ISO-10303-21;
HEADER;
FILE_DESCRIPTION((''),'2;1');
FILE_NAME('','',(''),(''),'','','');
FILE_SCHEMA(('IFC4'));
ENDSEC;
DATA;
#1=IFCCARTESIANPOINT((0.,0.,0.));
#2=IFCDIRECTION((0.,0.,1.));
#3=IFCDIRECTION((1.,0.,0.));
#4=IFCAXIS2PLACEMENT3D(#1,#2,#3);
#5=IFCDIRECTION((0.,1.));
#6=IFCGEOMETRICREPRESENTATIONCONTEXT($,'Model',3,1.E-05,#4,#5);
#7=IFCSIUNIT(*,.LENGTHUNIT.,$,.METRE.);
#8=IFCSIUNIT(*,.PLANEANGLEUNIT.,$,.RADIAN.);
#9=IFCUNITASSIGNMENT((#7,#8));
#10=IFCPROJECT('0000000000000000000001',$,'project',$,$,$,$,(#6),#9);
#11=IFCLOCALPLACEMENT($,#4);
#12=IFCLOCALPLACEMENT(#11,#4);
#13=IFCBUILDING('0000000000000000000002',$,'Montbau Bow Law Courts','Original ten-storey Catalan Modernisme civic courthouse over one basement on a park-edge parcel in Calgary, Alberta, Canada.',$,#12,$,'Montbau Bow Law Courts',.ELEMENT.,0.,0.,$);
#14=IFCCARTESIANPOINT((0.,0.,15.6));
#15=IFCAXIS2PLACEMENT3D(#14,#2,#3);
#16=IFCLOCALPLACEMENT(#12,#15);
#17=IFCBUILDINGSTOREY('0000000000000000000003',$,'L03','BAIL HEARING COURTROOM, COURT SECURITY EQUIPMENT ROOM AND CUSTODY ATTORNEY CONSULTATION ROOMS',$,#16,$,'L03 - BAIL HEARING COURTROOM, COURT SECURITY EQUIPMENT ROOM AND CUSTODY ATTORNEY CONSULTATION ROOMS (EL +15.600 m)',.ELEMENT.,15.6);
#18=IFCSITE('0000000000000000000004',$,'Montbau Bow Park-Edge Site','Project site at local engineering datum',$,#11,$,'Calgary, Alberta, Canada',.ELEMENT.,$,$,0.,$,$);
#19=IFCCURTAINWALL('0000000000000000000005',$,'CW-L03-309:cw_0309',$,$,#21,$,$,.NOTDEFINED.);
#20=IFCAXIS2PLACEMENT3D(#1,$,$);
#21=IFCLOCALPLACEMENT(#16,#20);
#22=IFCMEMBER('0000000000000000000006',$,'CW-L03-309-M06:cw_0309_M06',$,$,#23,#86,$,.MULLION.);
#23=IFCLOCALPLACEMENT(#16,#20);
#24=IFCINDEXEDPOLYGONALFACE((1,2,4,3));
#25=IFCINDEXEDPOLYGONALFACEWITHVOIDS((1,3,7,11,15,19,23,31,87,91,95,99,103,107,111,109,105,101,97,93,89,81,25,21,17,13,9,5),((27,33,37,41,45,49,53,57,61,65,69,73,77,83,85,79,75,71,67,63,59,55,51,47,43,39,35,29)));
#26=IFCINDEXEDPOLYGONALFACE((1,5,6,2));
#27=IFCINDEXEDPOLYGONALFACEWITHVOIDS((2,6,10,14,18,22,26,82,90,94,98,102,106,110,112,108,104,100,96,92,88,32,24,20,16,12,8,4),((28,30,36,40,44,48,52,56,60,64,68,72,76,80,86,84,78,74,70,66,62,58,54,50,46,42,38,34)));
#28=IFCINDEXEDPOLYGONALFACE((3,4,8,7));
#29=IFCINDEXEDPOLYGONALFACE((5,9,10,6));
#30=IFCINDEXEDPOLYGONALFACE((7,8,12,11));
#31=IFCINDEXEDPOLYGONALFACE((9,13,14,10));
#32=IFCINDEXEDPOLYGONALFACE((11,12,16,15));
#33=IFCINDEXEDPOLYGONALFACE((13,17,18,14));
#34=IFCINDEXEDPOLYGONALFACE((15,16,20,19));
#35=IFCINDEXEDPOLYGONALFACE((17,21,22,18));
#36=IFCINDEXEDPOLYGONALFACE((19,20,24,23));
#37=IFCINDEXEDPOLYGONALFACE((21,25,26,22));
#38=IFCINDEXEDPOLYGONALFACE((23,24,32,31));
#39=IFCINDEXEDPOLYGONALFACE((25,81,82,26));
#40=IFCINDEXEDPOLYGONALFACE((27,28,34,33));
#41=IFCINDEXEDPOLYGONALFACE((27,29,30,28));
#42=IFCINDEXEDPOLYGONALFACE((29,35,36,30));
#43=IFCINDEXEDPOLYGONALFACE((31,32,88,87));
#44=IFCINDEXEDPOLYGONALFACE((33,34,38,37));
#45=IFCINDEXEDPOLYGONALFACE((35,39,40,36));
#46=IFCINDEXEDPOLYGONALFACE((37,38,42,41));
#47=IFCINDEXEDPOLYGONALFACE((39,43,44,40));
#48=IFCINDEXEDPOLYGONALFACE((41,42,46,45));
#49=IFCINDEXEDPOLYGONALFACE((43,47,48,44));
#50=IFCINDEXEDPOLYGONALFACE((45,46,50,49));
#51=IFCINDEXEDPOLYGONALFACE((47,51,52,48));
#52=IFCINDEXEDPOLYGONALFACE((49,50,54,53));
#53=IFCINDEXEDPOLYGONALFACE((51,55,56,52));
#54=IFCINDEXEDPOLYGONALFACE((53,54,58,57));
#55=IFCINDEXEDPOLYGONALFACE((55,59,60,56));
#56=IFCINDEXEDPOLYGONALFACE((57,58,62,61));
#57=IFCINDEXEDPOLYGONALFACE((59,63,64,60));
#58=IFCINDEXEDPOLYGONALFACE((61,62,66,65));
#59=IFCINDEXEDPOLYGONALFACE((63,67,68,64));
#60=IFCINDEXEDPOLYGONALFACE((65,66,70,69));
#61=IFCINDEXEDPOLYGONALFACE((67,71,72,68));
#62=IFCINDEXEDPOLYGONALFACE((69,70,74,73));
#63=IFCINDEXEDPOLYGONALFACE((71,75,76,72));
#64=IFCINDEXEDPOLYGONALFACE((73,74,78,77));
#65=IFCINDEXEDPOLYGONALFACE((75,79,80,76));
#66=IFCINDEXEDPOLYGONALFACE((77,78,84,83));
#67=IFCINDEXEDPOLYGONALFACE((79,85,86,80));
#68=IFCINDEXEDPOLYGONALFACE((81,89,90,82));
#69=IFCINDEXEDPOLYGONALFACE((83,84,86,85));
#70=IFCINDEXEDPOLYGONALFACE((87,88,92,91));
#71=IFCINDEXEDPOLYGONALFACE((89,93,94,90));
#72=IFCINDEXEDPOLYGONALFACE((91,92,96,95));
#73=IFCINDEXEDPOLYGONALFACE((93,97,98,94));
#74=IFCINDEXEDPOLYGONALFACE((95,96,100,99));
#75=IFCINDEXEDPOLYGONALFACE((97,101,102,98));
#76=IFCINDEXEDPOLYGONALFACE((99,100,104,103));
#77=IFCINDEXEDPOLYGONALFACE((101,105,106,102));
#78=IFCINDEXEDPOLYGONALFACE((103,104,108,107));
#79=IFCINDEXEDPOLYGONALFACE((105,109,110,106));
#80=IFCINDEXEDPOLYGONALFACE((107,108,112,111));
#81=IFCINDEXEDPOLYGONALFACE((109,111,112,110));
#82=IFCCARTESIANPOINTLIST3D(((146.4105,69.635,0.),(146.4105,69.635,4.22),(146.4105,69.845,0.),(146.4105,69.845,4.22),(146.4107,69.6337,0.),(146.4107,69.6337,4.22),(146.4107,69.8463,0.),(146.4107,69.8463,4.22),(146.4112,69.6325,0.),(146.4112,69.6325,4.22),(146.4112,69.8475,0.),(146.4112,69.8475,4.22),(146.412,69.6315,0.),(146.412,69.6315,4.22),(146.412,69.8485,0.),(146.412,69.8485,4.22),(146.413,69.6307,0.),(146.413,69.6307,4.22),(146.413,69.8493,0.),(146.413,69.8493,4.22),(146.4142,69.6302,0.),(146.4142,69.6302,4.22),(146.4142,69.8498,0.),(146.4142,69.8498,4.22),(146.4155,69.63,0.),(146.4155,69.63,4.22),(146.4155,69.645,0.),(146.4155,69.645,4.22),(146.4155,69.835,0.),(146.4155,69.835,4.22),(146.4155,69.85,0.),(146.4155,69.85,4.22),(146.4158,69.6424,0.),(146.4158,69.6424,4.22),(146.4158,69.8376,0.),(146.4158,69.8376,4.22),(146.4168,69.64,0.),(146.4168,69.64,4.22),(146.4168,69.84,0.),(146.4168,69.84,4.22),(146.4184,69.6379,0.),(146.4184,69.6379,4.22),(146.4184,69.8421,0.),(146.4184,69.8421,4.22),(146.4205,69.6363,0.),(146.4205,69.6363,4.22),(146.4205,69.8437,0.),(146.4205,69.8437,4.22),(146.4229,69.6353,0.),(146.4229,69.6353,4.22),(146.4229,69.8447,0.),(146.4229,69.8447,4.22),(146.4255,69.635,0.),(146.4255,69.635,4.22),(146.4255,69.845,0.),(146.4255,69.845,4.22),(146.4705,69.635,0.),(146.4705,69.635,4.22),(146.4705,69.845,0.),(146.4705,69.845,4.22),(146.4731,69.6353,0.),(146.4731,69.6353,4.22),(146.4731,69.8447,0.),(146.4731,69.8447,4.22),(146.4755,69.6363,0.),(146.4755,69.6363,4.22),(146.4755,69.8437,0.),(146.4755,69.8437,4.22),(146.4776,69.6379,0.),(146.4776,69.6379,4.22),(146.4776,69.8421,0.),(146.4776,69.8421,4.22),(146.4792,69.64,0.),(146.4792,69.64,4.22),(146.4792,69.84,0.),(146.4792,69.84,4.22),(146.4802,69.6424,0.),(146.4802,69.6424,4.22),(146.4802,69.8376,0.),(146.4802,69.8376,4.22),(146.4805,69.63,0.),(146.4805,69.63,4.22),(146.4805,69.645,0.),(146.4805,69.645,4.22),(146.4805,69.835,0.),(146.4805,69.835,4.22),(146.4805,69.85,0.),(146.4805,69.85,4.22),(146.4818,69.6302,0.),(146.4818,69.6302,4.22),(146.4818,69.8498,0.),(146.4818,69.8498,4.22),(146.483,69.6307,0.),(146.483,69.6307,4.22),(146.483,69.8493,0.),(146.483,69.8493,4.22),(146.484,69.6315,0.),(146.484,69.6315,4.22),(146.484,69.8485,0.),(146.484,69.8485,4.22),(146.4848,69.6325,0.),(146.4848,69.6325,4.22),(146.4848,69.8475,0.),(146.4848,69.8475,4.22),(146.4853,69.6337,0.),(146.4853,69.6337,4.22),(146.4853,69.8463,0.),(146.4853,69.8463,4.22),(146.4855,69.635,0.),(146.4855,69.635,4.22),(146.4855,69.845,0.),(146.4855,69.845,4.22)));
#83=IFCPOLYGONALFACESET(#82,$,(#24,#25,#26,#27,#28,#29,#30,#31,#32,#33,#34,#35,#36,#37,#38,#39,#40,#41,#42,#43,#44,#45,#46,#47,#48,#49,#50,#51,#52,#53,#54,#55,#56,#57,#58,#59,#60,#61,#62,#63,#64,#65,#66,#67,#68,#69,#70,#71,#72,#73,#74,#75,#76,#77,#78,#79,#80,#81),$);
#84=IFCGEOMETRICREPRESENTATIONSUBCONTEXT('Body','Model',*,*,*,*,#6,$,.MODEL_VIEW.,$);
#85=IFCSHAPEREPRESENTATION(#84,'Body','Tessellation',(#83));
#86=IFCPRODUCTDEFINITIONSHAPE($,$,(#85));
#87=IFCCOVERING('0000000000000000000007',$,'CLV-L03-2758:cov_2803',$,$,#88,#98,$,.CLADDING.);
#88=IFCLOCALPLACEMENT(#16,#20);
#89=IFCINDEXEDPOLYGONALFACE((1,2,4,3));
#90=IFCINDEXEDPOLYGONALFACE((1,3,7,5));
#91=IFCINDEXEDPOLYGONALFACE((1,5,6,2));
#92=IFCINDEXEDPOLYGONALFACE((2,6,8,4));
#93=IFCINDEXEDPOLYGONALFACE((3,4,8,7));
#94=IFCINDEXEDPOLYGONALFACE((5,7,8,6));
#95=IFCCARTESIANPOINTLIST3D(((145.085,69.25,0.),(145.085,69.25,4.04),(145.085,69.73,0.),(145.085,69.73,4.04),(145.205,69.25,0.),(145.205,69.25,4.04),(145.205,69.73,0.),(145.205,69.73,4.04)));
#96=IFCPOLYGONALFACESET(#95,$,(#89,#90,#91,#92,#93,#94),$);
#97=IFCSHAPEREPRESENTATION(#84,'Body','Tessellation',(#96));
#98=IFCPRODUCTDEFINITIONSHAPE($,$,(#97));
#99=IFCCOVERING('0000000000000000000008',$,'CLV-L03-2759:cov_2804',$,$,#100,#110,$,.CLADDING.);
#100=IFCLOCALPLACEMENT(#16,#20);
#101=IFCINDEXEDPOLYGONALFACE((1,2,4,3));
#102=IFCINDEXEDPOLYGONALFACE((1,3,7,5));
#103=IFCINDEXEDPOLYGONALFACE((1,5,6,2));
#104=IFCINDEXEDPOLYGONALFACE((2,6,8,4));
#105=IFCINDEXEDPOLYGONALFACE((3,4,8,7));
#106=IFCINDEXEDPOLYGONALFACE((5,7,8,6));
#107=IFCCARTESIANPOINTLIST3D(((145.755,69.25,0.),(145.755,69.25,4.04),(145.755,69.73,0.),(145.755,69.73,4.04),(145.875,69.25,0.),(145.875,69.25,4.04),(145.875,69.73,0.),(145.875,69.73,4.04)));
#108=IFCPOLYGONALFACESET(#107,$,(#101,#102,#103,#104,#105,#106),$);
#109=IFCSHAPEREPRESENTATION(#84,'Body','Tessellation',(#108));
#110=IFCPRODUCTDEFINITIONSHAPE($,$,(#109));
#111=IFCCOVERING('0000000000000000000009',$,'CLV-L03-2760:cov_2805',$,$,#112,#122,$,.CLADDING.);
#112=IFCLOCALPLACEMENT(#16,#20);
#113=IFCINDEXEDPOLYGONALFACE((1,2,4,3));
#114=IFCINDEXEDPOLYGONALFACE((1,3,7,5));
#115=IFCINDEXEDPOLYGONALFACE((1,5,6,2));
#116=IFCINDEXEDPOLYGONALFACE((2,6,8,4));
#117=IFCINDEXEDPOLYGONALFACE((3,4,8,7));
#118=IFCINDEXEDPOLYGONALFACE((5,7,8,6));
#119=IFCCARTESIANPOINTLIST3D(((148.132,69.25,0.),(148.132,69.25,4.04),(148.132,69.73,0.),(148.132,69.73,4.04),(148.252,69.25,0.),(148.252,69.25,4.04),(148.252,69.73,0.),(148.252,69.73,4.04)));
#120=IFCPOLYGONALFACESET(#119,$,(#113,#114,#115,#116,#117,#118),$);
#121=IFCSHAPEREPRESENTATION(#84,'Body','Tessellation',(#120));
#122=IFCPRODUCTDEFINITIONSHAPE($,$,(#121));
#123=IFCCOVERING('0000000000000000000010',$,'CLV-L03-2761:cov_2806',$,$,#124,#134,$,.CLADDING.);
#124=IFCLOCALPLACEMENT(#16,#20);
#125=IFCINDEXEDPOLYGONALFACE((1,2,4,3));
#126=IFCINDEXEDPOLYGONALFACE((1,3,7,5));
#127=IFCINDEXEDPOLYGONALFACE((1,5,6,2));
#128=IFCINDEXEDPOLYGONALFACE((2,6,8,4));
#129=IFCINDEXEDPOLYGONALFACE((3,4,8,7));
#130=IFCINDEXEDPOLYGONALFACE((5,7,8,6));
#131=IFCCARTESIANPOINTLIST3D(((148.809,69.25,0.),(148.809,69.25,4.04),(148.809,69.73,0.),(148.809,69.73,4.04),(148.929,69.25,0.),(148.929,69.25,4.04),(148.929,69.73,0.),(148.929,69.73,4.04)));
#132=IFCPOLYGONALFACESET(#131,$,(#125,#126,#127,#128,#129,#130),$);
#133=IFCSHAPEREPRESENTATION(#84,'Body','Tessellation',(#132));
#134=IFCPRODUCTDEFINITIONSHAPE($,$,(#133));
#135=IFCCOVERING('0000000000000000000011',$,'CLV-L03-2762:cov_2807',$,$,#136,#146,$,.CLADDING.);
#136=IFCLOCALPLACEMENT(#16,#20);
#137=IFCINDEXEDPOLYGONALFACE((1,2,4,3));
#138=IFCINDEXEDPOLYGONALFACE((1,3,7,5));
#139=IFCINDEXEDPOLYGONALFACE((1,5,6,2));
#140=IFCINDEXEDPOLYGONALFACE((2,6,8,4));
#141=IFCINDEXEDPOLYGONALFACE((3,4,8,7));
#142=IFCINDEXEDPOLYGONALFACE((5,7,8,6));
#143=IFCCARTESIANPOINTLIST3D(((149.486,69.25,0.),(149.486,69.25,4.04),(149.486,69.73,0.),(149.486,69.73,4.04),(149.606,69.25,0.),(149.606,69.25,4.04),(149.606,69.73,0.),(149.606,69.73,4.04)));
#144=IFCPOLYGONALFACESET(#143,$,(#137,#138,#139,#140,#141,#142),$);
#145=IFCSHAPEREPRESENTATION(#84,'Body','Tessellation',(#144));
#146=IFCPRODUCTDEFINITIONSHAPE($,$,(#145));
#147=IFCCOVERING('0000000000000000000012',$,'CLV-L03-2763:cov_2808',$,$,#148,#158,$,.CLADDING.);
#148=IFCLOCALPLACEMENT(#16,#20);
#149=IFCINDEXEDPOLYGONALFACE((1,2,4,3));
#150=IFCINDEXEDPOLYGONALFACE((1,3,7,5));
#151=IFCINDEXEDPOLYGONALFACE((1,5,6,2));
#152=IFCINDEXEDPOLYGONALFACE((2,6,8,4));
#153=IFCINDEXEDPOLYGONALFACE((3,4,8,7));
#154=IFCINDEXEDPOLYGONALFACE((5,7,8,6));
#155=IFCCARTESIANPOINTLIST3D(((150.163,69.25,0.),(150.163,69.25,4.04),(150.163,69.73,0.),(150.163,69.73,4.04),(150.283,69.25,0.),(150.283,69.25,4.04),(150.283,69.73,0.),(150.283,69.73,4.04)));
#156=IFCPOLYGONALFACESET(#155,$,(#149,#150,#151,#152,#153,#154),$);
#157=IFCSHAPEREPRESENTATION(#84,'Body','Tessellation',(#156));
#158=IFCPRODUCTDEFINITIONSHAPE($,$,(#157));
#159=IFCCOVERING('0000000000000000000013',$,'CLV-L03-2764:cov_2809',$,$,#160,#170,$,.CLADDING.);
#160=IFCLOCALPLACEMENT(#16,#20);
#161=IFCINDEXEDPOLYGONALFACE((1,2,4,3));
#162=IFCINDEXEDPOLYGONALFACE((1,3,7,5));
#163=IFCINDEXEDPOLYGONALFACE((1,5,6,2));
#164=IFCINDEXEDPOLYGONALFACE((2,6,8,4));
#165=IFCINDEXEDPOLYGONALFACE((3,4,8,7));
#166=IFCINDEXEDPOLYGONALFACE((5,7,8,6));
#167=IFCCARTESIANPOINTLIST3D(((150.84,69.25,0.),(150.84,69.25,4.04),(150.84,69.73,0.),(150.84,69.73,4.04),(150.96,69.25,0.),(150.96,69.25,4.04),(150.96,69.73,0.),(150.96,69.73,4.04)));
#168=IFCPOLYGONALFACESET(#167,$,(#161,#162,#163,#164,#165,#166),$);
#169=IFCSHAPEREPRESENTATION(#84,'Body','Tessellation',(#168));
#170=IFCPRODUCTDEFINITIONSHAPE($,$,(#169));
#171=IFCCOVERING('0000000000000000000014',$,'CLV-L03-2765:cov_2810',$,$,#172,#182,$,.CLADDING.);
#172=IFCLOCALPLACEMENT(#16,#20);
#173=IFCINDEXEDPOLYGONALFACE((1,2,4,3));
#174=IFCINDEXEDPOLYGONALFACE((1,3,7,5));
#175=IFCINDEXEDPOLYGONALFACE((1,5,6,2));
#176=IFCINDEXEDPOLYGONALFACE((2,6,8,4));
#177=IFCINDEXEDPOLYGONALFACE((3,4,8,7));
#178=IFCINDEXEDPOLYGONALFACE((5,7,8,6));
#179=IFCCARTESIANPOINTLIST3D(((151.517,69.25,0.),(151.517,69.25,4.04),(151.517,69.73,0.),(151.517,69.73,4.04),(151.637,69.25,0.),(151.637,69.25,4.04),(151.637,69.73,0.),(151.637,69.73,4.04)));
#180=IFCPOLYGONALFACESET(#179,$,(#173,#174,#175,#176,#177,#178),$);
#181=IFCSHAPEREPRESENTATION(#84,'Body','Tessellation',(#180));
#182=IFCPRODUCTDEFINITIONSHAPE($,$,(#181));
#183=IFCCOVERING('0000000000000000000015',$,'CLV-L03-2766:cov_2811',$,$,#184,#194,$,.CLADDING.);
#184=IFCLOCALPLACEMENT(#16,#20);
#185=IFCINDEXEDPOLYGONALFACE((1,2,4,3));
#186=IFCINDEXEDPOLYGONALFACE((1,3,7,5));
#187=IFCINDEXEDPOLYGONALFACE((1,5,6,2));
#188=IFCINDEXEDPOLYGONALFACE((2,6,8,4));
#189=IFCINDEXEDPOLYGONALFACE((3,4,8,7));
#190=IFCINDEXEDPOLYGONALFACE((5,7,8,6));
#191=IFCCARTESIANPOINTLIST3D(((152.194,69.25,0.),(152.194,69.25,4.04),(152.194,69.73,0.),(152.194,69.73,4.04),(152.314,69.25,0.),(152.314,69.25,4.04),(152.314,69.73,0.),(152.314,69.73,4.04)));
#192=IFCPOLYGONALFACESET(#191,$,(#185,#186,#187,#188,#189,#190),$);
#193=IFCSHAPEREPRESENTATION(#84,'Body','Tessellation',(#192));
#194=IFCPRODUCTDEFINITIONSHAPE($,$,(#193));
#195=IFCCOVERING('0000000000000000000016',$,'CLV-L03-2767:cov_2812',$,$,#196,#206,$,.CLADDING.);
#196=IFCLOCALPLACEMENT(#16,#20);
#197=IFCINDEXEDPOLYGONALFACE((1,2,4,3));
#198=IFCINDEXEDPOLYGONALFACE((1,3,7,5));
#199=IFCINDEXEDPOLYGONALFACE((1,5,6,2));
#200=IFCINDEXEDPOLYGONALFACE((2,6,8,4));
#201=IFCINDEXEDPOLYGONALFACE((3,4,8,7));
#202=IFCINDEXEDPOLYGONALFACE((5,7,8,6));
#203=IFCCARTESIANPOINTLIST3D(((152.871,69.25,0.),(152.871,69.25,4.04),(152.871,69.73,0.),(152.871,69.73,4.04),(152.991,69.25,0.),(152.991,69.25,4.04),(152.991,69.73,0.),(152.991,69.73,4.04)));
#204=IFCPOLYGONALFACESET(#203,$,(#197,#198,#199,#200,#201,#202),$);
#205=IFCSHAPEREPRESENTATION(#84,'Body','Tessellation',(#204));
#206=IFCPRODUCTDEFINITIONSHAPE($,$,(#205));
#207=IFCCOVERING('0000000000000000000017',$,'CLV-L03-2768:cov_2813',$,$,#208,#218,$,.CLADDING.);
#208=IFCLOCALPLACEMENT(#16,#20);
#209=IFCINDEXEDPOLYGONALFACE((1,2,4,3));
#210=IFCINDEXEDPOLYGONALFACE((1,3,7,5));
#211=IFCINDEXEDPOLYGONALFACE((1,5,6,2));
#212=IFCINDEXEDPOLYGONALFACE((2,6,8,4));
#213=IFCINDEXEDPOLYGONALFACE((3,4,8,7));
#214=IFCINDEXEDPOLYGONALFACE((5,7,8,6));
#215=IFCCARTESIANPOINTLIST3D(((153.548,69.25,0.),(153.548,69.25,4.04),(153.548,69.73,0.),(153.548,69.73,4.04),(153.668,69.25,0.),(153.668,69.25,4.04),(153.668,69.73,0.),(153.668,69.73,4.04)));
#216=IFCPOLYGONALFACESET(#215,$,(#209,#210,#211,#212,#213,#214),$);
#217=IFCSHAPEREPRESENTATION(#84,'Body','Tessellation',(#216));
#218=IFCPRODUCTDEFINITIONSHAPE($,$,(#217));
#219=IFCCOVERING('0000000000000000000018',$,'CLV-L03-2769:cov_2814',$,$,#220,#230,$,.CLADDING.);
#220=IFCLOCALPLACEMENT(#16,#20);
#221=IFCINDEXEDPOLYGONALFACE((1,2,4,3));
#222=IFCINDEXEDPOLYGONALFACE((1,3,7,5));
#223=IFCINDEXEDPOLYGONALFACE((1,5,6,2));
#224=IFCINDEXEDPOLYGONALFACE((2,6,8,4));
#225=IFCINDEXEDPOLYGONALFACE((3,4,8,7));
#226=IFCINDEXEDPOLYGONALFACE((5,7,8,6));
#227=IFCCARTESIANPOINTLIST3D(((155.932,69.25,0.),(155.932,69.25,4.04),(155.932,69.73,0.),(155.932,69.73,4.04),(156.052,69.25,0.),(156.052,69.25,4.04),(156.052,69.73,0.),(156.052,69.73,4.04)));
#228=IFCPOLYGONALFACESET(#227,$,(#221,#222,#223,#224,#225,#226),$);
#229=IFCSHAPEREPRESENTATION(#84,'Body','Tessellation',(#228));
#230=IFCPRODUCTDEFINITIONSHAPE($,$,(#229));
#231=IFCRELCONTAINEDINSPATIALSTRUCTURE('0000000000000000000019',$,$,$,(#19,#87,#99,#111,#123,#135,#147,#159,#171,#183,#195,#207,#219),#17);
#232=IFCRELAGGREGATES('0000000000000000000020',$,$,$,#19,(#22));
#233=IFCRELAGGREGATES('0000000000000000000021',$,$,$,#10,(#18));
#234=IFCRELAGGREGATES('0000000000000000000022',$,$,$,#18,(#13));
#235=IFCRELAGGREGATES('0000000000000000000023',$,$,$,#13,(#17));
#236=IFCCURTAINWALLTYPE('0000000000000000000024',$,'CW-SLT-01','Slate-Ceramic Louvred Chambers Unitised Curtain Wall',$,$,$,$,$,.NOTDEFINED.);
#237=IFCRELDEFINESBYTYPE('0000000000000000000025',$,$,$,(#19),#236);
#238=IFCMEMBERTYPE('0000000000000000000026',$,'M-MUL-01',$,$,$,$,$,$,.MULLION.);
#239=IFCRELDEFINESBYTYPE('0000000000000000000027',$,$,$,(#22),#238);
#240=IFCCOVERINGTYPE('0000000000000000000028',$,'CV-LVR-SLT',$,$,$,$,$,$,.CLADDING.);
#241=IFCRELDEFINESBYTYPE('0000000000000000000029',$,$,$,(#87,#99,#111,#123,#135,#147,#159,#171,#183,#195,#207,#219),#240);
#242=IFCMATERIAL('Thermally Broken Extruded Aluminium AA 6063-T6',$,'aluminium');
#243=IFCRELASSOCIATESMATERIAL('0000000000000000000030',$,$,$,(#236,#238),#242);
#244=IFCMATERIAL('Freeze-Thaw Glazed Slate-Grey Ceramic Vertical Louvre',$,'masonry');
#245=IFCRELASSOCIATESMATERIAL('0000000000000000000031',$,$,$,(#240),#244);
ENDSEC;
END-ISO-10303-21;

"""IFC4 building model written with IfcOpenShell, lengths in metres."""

from ifc_helpers import new_model, si_unit, direction, frame, frame_2d, origin_with_axes, origin_2d_with_axis, place, context, subcontext, project, spatial, rectangle, hollow_rectangle, extrude, material, material_profile, profile_set, type_object, element, aggregate, save


model = new_model("IFC4")

# Units and contexts
model_context = context("Model", 3, precision=1e-05, world=origin_with_axes(), true_north=direction((0.0, 1.0)))
body_context = subcontext(model_context, "Body", "Model", "MODEL_VIEW")
ifc_project = project(units=[si_unit("LENGTHUNIT", "METRE"), si_unit("PLANEANGLEUNIT", "RADIAN")], contexts=[model_context])

# Site, building, storey
site_placement = place(None, origin_with_axes())
site = spatial("IfcSite", under=ifc_project, at=site_placement, Name="Montbau Bow Park-Edge Site", Description="Project site at local engineering datum", LongName="Calgary, Alberta, Canada", CompositionType="ELEMENT", RefElevation=0.0)
building_placement = place(site_placement, origin_with_axes())
building = spatial("IfcBuilding", under=site, at=building_placement, Name="Montbau Bow Law Courts", Description="Original ten-storey Catalan Modernisme civic courthouse over one basement on a park-edge parcel in Calgary, Alberta, Canada.", LongName="Montbau Bow Law Courts", CompositionType="ELEMENT", ElevationOfRefHeight=0.0, ElevationOfTerrain=0.0)
storey_placement = place(building_placement, frame((0.0, 0.0, 15.6), z_axis=(0.0, 0.0, 1.0), x_axis=(1.0, 0.0, 0.0)))
storey = spatial("IfcBuildingStorey", under=building, at=storey_placement, Name="L03", Description="BAIL HEARING COURTROOM, COURT SECURITY EQUIPMENT ROOM AND CUSTODY ATTORNEY CONSULTATION ROOMS", LongName="L03 - BAIL HEARING COURTROOM, COURT SECURITY EQUIPMENT ROOM AND CUSTODY ATTORNEY CONSULTATION ROOMS (EL +15.600 m)", CompositionType="ELEMENT", Elevation=15.6)

# Curtain wall, member
ifc_material_1 = material(Name="Thermally Broken Extruded Aluminium AA 6063-T6", Category="aluminium")
curtain_wall_type = type_object("IfcCurtainWallType", Name="CW-SLT-01", Description="Slate-Ceramic Louvred Chambers Unitised Curtain Wall", PredefinedType="NOTDEFINED", material=ifc_material_1)
curtain_wall_placement = place(None, frame((139.115, 69.74, 15.6), z_axis=(0.0, 0.0, 1.0), x_axis=(1.0, 0.0, 0.0)))
curtain_wall = element("IfcCurtainWall", 1, at=curtain_wall_placement, inside=storey, type_object=curtain_wall_type, Name="CW-L03-309:cw_0309", PredefinedType="NOTDEFINED")
ifc_material_profile_1 = material_profile(ifc_material_1, hollow_rectangle(XDim=0.075, YDim=0.22, WallThickness=0.005, InnerFilletRadius=0.01, OuterFilletRadius=0.005, at=origin_2d_with_axis()), Name="CWM-220X75", Category="Main", Priority=0)
ifc_profile_set_1 = profile_set([ifc_material_profile_1], Name="Thermally Broken Extruded Aluminium AA 6063-T6")
member_type = type_object("IfcMemberType", Name="M-MUL-01", PredefinedType="MULLION", material=ifc_profile_set_1)
member_placement = place(None, frame((146.448, 69.74, 15.6), z_axis=(0.0, 0.0, 1.0), x_axis=(1.0, 0.0, 0.0)))
member = element("IfcMember", 2, at=member_placement, type_object=member_type, Name="CW-L03-309-M06:cw_0309_M06", PredefinedType="MULLION", context=body_context, shape_type="SweptSolid", body=[
    extrude(hollow_rectangle(XDim=0.075, YDim=0.22, WallThickness=0.005, InnerFilletRadius=0.01, OuterFilletRadius=0.005, at=origin_2d_with_axis()), origin_with_axes(), (0.0, 0.0, 1.0), 4.22),
])
aggregate(curtain_wall, [member])

# Coverings
ifc_material_2 = material(Name="Freeze-Thaw Glazed Slate-Grey Ceramic Vertical Louvre", Category="masonry")
covering_type = type_object("IfcCoveringType", Name="CV-LVR-SLT", PredefinedType="CLADDING", material=ifc_material_2)
for number, where, z_axis, x_axis, name in (
    (3, (145.145, 69.73, 15.6), (-1.0, 0.0, 0.0), (0.0, -1.0, 0.0), "CLV-L03-2758:cov_2803"),
    (4, (145.815, 69.73, 15.6), (-1.0, 0.0, 0.0), (0.0, -1.0, 0.0), "CLV-L03-2759:cov_2804"),
    (5, (148.192, 69.73, 15.6), (-1.0, 0.0, 0.0), (0.0, -1.0, 0.0), "CLV-L03-2760:cov_2805"),
    (6, (148.869, 69.73, 15.6), (-1.0, 0.0, 0.0), (0.0, -1.0, 0.0), "CLV-L03-2761:cov_2806"),
    (7, (149.546, 69.73, 15.6), (-1.0, 0.0, 0.0), (0.0, -1.0, 0.0), "CLV-L03-2762:cov_2807"),
    (8, (150.223, 69.73, 15.6), (-1.0, 0.0, 0.0), (0.0, -1.0, 0.0), "CLV-L03-2763:cov_2808"),
    (9, (150.9, 69.73, 15.6), (-1.0, 0.0, 0.0), (0.0, -1.0, 0.0), "CLV-L03-2764:cov_2809"),
    (10, (151.577, 69.73, 15.6), (-1.0, 0.0, 0.0), (0.0, -1.0, 0.0), "CLV-L03-2765:cov_2810"),
    (11, (152.254, 69.73, 15.6), (-1.0, 0.0, 0.0), (0.0, -1.0, 0.0), "CLV-L03-2766:cov_2811"),
    (12, (152.931, 69.73, 15.6), (-1.0, 0.0, 0.0), (0.0, -1.0, 0.0), "CLV-L03-2767:cov_2812"),
    (13, (153.608, 69.73, 15.6), (-1.0, 0.0, 0.0), (0.0, -1.0, 0.0), "CLV-L03-2768:cov_2813"),
    (14, (155.992, 69.73, 15.6), (-1.0, 0.0, 0.0), (0.0, -1.0, 0.0), "CLV-L03-2769:cov_2814"),
):
    element("IfcCovering", number, at=place(None, frame(where, z_axis=z_axis, x_axis=x_axis)), inside=storey, type_object=covering_type, Name=name, PredefinedType="CLADDING", context=body_context, shape_type="SweptSolid", body=[
        extrude(rectangle(XDim=0.48, YDim=4.04, at=frame_2d((0.24, 2.02), x_axis=(1.0, 0.0))), frame((0.0, 0.0, -0.06), z_axis=(0.0, 0.0, 1.0), x_axis=(1.0, 0.0, 0.0)), (0.0, 0.0, 1.0), 0.12),
    ])

save(model, "model.ifc")
